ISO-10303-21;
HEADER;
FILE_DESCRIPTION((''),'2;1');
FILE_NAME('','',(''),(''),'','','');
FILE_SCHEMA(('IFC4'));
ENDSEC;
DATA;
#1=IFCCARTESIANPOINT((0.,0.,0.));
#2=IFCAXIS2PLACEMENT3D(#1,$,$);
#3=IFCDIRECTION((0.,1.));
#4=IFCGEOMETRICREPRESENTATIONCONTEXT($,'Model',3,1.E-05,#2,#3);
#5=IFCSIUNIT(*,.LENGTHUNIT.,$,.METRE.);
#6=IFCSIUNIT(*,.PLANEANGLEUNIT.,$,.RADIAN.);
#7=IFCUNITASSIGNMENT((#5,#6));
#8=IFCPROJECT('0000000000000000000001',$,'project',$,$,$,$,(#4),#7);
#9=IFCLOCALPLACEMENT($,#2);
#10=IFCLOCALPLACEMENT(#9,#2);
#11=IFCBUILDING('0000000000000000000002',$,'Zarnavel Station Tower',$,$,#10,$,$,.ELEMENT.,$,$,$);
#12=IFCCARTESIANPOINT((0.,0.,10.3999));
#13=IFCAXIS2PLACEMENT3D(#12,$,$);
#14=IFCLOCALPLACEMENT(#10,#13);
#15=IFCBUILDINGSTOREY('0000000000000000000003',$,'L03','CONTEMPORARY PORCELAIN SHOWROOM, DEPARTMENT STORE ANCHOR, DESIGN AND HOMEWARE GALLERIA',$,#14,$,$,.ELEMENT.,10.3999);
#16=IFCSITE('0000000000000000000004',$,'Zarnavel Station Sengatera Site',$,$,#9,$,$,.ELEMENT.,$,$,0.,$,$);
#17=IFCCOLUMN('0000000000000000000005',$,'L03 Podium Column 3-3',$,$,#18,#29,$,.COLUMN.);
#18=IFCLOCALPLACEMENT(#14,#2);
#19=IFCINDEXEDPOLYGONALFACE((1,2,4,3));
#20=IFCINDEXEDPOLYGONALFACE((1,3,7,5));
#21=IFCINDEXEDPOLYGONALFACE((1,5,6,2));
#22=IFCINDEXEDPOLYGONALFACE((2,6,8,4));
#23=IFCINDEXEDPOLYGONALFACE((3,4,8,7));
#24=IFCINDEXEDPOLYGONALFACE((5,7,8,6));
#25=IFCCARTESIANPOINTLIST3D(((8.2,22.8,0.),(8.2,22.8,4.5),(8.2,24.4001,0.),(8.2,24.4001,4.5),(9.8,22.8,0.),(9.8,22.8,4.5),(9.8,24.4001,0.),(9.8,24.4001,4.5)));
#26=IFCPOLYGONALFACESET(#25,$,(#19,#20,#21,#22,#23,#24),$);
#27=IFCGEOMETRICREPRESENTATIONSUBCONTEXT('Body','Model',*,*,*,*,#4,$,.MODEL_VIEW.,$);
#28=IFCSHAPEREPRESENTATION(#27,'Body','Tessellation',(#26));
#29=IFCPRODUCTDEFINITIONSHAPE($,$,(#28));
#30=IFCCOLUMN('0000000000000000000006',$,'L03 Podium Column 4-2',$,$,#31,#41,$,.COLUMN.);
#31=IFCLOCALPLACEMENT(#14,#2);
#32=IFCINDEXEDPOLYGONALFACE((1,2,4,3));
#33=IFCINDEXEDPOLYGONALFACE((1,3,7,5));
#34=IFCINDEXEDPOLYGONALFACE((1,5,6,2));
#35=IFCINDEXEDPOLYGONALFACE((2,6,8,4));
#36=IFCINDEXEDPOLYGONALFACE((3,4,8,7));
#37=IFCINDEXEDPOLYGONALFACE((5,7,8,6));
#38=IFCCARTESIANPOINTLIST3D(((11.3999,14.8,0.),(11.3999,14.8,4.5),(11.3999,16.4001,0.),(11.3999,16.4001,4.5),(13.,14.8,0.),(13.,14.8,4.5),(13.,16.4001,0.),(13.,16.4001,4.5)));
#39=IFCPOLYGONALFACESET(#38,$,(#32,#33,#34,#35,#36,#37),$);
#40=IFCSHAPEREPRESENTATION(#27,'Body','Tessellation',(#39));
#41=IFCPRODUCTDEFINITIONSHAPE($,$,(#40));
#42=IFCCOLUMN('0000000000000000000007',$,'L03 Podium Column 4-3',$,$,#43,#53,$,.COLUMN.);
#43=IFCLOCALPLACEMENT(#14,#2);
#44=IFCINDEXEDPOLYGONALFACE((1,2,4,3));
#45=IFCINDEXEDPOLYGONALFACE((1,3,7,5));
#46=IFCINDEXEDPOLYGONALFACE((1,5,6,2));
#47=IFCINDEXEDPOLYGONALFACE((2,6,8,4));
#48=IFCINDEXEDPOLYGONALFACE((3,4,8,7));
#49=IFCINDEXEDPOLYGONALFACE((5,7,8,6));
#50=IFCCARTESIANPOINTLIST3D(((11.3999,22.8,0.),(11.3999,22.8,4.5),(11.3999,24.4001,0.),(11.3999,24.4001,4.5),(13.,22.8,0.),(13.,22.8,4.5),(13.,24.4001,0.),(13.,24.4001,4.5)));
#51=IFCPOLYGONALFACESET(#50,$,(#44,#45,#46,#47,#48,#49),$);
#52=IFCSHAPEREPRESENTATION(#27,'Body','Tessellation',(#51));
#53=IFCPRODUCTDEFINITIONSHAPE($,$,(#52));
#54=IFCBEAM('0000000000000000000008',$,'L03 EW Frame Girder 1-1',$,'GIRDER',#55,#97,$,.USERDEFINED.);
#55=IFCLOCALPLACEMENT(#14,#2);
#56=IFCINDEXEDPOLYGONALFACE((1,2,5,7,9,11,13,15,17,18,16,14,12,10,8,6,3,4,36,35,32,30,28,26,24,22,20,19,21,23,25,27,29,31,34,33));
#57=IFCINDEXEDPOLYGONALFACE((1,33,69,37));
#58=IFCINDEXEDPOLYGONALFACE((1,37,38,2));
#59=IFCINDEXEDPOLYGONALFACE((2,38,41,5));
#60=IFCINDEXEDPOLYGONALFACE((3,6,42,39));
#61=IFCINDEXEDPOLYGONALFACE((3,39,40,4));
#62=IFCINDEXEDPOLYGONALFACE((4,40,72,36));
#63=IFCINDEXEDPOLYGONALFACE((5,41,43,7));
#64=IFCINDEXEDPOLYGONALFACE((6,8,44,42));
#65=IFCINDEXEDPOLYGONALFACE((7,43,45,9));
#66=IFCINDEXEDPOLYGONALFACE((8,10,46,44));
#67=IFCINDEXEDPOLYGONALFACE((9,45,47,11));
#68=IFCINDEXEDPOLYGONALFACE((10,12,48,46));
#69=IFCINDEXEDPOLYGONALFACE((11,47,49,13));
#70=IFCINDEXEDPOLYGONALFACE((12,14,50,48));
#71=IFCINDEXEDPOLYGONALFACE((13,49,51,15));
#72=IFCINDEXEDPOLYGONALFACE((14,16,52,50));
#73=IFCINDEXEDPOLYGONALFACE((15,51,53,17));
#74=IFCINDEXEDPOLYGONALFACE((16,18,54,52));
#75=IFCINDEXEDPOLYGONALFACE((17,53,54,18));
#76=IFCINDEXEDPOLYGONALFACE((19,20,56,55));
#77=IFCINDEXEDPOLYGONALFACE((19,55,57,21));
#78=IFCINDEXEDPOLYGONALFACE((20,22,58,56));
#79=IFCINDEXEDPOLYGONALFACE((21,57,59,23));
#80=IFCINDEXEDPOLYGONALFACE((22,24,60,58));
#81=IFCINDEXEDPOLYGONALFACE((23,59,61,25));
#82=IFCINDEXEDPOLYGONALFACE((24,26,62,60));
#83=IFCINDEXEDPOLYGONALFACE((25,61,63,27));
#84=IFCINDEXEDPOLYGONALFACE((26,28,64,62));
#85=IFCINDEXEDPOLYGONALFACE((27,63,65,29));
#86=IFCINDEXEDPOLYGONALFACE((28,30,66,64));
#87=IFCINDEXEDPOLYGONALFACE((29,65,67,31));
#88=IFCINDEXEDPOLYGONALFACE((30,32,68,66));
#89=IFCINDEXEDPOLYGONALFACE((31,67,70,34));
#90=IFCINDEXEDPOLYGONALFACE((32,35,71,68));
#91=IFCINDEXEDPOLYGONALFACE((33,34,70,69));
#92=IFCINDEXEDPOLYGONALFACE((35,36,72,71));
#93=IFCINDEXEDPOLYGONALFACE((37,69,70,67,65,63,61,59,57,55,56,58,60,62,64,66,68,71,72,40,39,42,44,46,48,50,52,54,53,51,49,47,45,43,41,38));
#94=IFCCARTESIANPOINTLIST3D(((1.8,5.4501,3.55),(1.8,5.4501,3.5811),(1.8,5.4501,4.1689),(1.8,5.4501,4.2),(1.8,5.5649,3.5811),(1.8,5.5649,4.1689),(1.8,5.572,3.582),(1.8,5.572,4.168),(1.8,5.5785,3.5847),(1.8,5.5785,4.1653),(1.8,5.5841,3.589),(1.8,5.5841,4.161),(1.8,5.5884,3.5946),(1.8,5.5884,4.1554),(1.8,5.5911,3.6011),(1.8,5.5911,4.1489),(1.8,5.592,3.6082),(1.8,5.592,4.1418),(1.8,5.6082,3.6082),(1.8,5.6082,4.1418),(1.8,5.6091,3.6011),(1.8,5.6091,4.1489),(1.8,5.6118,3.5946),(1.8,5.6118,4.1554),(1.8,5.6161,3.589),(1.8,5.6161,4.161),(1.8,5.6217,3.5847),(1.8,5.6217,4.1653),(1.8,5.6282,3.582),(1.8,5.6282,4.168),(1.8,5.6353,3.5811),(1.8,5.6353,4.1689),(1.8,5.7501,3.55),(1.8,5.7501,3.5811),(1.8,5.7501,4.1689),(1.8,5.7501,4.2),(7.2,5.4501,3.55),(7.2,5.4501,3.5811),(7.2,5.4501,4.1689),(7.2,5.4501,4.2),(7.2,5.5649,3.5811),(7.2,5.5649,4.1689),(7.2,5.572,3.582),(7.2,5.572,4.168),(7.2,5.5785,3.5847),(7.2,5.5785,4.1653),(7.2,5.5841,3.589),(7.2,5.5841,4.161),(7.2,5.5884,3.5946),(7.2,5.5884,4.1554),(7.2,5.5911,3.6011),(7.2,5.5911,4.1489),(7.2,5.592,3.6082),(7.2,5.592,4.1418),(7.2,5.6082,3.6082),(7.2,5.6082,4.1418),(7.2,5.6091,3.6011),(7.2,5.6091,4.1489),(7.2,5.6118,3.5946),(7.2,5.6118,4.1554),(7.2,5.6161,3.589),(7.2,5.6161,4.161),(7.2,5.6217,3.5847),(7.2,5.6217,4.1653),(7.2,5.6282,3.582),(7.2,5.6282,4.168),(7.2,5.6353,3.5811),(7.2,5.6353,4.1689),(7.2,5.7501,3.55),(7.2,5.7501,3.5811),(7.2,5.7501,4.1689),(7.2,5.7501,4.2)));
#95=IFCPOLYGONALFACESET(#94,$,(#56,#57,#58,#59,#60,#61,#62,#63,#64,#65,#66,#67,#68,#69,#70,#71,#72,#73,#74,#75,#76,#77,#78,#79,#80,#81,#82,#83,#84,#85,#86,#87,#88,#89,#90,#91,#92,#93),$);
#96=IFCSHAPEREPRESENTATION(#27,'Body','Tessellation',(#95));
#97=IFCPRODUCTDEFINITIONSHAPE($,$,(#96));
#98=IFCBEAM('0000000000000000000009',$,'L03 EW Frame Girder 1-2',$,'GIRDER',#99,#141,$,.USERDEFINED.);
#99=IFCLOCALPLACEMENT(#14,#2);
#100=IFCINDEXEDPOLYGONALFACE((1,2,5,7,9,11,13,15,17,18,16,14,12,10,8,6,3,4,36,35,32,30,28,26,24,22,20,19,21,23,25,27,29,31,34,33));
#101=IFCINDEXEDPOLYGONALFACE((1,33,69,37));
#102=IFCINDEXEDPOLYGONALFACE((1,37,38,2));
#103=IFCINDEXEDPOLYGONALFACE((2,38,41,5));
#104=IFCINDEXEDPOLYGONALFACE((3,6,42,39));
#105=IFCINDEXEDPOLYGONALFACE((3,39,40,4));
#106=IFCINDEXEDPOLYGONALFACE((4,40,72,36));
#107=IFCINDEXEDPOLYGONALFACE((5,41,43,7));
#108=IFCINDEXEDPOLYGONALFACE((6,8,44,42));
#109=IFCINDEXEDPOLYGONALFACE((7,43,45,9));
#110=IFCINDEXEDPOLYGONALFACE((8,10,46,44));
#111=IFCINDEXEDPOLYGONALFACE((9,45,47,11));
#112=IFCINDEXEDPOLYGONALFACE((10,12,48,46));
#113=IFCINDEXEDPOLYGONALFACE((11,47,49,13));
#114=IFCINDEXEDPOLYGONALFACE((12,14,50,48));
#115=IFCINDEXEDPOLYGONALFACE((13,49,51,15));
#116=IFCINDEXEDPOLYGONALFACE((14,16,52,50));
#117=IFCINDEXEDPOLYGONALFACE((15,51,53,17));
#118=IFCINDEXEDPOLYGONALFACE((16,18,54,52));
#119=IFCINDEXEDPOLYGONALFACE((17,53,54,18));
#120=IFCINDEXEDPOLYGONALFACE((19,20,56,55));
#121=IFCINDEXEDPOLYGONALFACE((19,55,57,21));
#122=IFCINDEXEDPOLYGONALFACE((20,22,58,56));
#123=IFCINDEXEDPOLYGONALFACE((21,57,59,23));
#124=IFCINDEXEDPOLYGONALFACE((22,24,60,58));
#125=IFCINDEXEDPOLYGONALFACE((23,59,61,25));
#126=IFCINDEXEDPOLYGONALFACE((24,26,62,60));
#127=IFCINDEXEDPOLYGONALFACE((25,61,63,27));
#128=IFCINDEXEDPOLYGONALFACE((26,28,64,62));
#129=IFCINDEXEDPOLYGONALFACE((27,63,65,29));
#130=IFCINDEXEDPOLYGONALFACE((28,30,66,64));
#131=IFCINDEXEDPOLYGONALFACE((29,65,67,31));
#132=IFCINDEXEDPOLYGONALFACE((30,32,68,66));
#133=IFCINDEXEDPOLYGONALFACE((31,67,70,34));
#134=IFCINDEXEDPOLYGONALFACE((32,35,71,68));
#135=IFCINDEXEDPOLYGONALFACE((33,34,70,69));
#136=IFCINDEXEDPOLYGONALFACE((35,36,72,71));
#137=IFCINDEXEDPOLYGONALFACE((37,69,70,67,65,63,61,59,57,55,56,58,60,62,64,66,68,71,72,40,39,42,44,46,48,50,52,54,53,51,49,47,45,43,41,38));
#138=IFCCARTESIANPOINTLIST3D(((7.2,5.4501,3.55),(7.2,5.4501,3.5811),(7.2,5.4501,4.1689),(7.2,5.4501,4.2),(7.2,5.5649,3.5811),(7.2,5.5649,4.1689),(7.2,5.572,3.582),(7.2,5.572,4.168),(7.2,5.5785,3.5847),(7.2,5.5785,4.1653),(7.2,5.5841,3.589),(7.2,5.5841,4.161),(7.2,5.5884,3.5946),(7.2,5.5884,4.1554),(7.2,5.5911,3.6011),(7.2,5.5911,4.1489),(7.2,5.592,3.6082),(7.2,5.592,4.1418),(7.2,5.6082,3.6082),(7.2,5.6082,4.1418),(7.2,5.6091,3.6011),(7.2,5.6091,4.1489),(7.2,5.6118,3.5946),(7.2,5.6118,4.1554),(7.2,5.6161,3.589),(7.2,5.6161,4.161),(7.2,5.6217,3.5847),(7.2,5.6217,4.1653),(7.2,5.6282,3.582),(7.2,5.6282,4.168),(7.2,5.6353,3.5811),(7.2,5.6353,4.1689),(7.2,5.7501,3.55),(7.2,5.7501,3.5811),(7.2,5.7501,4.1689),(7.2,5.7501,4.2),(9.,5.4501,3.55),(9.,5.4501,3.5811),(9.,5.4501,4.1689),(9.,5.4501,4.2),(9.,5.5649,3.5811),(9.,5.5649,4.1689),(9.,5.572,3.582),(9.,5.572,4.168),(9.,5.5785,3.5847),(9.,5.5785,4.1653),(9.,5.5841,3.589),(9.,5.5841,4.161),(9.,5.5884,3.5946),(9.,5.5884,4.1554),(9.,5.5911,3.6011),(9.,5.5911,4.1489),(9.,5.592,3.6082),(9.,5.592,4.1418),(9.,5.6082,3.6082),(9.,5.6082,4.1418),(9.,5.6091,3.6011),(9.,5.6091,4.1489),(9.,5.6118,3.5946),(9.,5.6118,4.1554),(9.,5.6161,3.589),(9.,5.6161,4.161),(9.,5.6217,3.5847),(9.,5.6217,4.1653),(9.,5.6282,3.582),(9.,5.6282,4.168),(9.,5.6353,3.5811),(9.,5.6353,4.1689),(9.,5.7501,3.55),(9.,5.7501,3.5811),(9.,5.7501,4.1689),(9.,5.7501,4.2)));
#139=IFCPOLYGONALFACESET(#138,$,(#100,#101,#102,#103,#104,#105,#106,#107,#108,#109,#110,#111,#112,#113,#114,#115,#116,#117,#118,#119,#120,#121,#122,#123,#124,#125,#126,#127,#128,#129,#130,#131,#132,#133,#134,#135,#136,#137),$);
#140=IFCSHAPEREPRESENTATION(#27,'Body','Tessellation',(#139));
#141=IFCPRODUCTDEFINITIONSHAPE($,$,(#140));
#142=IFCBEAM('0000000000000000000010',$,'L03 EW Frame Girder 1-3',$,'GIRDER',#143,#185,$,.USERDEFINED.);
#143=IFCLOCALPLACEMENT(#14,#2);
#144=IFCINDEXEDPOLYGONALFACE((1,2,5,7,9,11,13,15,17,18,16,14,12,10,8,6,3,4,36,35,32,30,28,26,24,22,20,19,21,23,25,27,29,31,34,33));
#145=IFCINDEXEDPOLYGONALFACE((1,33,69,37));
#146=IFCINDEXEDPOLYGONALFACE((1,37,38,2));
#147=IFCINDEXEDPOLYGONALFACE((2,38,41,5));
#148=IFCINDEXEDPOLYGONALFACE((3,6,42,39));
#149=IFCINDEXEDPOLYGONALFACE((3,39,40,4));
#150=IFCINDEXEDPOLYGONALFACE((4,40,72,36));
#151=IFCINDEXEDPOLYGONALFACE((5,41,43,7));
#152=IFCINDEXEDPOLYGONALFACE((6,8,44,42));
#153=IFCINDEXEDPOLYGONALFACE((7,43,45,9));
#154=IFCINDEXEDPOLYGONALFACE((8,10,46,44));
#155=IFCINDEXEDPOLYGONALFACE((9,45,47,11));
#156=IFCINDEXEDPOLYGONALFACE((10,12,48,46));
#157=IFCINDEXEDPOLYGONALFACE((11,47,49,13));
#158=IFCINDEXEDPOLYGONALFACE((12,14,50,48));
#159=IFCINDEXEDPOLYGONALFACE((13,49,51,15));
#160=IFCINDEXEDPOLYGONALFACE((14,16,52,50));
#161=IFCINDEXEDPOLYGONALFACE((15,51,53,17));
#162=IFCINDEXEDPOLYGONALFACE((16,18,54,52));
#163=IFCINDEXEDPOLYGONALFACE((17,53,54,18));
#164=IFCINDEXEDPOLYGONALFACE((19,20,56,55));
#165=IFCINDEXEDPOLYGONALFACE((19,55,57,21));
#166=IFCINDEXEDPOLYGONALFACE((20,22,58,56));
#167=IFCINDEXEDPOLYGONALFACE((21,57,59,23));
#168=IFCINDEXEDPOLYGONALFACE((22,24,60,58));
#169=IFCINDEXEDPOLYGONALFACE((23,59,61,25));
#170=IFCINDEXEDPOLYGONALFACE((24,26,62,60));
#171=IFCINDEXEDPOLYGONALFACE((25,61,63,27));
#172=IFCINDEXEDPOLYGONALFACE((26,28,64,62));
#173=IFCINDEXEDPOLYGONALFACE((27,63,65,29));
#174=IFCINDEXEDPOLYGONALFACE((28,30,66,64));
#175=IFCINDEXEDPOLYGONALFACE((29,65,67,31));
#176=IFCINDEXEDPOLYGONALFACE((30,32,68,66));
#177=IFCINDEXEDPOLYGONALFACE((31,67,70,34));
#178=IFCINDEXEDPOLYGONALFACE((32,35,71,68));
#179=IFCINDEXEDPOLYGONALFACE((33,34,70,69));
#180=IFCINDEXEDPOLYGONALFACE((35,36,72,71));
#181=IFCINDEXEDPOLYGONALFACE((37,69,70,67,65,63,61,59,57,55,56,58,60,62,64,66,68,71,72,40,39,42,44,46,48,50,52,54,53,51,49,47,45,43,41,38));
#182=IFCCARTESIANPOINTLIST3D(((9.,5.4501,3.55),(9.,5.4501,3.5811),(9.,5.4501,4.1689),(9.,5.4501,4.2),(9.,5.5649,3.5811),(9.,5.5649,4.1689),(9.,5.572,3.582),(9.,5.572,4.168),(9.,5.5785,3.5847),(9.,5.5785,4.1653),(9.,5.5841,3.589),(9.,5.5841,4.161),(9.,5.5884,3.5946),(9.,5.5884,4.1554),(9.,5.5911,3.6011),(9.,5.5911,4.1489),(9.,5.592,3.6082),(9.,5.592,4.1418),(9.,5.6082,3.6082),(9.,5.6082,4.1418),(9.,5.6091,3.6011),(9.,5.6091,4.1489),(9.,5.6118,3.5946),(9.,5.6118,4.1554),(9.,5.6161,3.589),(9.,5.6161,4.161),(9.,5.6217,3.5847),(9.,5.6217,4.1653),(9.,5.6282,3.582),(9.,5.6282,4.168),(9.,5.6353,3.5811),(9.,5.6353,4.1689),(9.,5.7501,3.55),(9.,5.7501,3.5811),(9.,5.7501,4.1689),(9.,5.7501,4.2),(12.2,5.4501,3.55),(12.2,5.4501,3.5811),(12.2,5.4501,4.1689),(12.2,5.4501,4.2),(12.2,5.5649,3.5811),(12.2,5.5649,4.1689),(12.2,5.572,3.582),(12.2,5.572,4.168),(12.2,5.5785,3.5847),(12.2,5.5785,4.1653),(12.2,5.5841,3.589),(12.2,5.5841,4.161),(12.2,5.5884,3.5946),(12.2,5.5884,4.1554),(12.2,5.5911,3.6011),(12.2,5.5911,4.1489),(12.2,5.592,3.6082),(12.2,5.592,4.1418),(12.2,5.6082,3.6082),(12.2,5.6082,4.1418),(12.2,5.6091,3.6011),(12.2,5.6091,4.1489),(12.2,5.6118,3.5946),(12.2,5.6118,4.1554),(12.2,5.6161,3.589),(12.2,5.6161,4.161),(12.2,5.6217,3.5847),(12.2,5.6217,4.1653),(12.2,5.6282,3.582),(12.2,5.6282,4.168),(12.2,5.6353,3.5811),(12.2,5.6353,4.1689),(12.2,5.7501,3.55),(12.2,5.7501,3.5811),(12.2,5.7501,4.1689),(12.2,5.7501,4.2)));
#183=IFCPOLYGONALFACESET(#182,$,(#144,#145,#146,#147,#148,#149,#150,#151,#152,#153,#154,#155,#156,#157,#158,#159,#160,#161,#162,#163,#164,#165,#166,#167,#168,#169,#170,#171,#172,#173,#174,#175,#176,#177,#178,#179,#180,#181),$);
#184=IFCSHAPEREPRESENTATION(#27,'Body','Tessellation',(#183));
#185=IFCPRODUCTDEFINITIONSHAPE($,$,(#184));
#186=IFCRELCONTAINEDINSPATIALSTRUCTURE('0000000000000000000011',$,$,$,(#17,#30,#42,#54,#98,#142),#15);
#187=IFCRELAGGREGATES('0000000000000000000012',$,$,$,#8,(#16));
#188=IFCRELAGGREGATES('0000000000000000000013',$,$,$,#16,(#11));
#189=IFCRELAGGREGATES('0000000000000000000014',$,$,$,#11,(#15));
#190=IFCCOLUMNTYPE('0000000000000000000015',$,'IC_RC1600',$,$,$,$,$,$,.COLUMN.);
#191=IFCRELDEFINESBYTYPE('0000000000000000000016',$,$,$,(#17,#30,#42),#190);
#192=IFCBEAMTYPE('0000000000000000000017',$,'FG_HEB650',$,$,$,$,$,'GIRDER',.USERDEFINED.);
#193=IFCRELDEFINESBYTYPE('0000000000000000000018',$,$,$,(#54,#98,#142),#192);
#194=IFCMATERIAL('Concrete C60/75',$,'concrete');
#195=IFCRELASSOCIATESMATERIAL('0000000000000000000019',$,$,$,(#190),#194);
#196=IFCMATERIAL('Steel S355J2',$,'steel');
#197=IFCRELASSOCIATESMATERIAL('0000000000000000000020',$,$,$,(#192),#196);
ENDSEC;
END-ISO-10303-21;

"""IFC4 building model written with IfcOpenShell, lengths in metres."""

from ifc_helpers import new_model, si_unit, direction, frame, origin, origin_2d, place, context, subcontext, project, spatial, rectangle, i_section, extrude, material, material_profile, profile_set, type_object, element, save


model = new_model("IFC4")

# Units and contexts
model_context = context("Model", 3, precision=1e-05, world=origin(), true_north=direction((0.0, 1.0)))
body_context = subcontext(model_context, "Body", "Model", "MODEL_VIEW")
ifc_project = project(units=[si_unit("LENGTHUNIT", "METRE"), si_unit("PLANEANGLEUNIT", "RADIAN")], contexts=[model_context])

# Site, building, storey
site_placement = place(None, origin())
site = spatial("IfcSite", under=ifc_project, at=site_placement, Name="Zarnavel Station Sengatera Site", CompositionType="ELEMENT", RefElevation=0.0)
building_placement = place(site_placement, origin())
building = spatial("IfcBuilding", under=site, at=building_placement, Name="Zarnavel Station Tower", CompositionType="ELEMENT")
storey_placement = place(building_placement, frame((0.0, 0.0, 10.3999)))
storey = spatial("IfcBuildingStorey", under=building, at=storey_placement, Name="L03", Description="CONTEMPORARY PORCELAIN SHOWROOM, DEPARTMENT STORE ANCHOR, DESIGN AND HOMEWARE GALLERIA", CompositionType="ELEMENT", Elevation=10.3999)

# Columns
ifc_material_1 = material(Name="Concrete C60/75", Category="concrete")
ifc_material_profile_1 = material_profile(ifc_material_1, rectangle(XDim=1.6001, YDim=1.6001, at=origin_2d()), Name="RC1600x1600")
ifc_profile_set_1 = profile_set([ifc_material_profile_1], Name="Concrete C60/75")
column_type_1 = type_object("IfcColumnType", Name="IC_RC1600", PredefinedType="COLUMN", material=ifc_profile_set_1)
for number, where, z_axis, x_axis, name in (
    (1, (9.0, 23.6001, 0.0), (0.0, 0.0, 1.0), (1.0, 0.0, 0.0), "L03 Podium Column 3-3"),
    (2, (12.2, 15.6001, 0.0), (0.0, 0.0, 1.0), (1.0, 0.0, 0.0), "L03 Podium Column 4-2"),
    (3, (12.2, 23.6001, 0.0), (0.0, 0.0, 1.0), (1.0, 0.0, 0.0), "L03 Podium Column 4-3"),
):
    element("IfcColumn", number, at=place(storey_placement, frame(where, z_axis=z_axis, x_axis=x_axis)), inside=storey, type_object=column_type_1, Name=name, PredefinedType="COLUMN", context=body_context, shape_type="SweptSolid", body=[
        extrude(rectangle(XDim=1.6001, YDim=1.6001, at=origin_2d()), origin(), (0.0, 0.0, 1.0), 4.5),
    ])

# Beams
ifc_material_2 = material(Name="Steel S355J2", Category="steel")
ifc_material_profile_2 = material_profile(ifc_material_2, i_section(OverallWidth=0.3, OverallDepth=0.6499, WebThickness=0.0161, FlangeThickness=0.031, FilletRadius=0.0271, at=origin_2d()), Name="HEB650")
ifc_profile_set_2 = profile_set([ifc_material_profile_2], Name="Steel S355J2")
beam_type_1 = type_object("IfcBeamType", Name="FG_HEB650", ElementType="GIRDER", PredefinedType="USERDEFINED", material=ifc_profile_set_2)
beam_1_placement = place(storey_placement, frame((1.8, 5.6001, 3.875), z_axis=(1.0, 0.0, 0.0), x_axis=(0.0, 1.0, 0.0)))
element("IfcBeam", 4, at=beam_1_placement, inside=storey, type_object=beam_type_1, Name="L03 EW Frame Girder 1-1", ObjectType="GIRDER", PredefinedType="USERDEFINED", context=body_context, shape_type="SweptSolid", body=[
    extrude(i_section(OverallWidth=0.3, OverallDepth=0.6499, WebThickness=0.0161, FlangeThickness=0.031, FilletRadius=0.0271, at=origin_2d()), origin(), (0.0, 0.0, 1.0), 5.3999),
])
beam_2_placement = place(storey_placement, frame((7.2, 5.6001, 3.875), z_axis=(1.0, 0.0, 0.0), x_axis=(0.0, 1.0, 0.0)))
element("IfcBeam", 5, at=beam_2_placement, inside=storey, type_object=beam_type_1, Name="L03 EW Frame Girder 1-2", ObjectType="GIRDER", PredefinedType="USERDEFINED", context=body_context, shape_type="SweptSolid", body=[
    extrude(i_section(OverallWidth=0.3, OverallDepth=0.6499, WebThickness=0.0161, FlangeThickness=0.031, FilletRadius=0.0271, at=origin_2d()), origin(), (0.0, 0.0, 1.0), 1.8),
])
beam_3_placement = place(storey_placement, frame((9.0, 5.6001, 3.875), z_axis=(1.0, 0.0, 0.0), x_axis=(0.0, 1.0, 0.0)))
element("IfcBeam", 6, at=beam_3_placement, inside=storey, type_object=beam_type_1, Name="L03 EW Frame Girder 1-3", ObjectType="GIRDER", PredefinedType="USERDEFINED", context=body_context, shape_type="SweptSolid", body=[
    extrude(i_section(OverallWidth=0.3, OverallDepth=0.6499, WebThickness=0.0161, FlangeThickness=0.031, FilletRadius=0.0271, at=origin_2d()), origin(), (0.0, 0.0, 1.0), 3.2),
])

save(model, "model.ifc")
